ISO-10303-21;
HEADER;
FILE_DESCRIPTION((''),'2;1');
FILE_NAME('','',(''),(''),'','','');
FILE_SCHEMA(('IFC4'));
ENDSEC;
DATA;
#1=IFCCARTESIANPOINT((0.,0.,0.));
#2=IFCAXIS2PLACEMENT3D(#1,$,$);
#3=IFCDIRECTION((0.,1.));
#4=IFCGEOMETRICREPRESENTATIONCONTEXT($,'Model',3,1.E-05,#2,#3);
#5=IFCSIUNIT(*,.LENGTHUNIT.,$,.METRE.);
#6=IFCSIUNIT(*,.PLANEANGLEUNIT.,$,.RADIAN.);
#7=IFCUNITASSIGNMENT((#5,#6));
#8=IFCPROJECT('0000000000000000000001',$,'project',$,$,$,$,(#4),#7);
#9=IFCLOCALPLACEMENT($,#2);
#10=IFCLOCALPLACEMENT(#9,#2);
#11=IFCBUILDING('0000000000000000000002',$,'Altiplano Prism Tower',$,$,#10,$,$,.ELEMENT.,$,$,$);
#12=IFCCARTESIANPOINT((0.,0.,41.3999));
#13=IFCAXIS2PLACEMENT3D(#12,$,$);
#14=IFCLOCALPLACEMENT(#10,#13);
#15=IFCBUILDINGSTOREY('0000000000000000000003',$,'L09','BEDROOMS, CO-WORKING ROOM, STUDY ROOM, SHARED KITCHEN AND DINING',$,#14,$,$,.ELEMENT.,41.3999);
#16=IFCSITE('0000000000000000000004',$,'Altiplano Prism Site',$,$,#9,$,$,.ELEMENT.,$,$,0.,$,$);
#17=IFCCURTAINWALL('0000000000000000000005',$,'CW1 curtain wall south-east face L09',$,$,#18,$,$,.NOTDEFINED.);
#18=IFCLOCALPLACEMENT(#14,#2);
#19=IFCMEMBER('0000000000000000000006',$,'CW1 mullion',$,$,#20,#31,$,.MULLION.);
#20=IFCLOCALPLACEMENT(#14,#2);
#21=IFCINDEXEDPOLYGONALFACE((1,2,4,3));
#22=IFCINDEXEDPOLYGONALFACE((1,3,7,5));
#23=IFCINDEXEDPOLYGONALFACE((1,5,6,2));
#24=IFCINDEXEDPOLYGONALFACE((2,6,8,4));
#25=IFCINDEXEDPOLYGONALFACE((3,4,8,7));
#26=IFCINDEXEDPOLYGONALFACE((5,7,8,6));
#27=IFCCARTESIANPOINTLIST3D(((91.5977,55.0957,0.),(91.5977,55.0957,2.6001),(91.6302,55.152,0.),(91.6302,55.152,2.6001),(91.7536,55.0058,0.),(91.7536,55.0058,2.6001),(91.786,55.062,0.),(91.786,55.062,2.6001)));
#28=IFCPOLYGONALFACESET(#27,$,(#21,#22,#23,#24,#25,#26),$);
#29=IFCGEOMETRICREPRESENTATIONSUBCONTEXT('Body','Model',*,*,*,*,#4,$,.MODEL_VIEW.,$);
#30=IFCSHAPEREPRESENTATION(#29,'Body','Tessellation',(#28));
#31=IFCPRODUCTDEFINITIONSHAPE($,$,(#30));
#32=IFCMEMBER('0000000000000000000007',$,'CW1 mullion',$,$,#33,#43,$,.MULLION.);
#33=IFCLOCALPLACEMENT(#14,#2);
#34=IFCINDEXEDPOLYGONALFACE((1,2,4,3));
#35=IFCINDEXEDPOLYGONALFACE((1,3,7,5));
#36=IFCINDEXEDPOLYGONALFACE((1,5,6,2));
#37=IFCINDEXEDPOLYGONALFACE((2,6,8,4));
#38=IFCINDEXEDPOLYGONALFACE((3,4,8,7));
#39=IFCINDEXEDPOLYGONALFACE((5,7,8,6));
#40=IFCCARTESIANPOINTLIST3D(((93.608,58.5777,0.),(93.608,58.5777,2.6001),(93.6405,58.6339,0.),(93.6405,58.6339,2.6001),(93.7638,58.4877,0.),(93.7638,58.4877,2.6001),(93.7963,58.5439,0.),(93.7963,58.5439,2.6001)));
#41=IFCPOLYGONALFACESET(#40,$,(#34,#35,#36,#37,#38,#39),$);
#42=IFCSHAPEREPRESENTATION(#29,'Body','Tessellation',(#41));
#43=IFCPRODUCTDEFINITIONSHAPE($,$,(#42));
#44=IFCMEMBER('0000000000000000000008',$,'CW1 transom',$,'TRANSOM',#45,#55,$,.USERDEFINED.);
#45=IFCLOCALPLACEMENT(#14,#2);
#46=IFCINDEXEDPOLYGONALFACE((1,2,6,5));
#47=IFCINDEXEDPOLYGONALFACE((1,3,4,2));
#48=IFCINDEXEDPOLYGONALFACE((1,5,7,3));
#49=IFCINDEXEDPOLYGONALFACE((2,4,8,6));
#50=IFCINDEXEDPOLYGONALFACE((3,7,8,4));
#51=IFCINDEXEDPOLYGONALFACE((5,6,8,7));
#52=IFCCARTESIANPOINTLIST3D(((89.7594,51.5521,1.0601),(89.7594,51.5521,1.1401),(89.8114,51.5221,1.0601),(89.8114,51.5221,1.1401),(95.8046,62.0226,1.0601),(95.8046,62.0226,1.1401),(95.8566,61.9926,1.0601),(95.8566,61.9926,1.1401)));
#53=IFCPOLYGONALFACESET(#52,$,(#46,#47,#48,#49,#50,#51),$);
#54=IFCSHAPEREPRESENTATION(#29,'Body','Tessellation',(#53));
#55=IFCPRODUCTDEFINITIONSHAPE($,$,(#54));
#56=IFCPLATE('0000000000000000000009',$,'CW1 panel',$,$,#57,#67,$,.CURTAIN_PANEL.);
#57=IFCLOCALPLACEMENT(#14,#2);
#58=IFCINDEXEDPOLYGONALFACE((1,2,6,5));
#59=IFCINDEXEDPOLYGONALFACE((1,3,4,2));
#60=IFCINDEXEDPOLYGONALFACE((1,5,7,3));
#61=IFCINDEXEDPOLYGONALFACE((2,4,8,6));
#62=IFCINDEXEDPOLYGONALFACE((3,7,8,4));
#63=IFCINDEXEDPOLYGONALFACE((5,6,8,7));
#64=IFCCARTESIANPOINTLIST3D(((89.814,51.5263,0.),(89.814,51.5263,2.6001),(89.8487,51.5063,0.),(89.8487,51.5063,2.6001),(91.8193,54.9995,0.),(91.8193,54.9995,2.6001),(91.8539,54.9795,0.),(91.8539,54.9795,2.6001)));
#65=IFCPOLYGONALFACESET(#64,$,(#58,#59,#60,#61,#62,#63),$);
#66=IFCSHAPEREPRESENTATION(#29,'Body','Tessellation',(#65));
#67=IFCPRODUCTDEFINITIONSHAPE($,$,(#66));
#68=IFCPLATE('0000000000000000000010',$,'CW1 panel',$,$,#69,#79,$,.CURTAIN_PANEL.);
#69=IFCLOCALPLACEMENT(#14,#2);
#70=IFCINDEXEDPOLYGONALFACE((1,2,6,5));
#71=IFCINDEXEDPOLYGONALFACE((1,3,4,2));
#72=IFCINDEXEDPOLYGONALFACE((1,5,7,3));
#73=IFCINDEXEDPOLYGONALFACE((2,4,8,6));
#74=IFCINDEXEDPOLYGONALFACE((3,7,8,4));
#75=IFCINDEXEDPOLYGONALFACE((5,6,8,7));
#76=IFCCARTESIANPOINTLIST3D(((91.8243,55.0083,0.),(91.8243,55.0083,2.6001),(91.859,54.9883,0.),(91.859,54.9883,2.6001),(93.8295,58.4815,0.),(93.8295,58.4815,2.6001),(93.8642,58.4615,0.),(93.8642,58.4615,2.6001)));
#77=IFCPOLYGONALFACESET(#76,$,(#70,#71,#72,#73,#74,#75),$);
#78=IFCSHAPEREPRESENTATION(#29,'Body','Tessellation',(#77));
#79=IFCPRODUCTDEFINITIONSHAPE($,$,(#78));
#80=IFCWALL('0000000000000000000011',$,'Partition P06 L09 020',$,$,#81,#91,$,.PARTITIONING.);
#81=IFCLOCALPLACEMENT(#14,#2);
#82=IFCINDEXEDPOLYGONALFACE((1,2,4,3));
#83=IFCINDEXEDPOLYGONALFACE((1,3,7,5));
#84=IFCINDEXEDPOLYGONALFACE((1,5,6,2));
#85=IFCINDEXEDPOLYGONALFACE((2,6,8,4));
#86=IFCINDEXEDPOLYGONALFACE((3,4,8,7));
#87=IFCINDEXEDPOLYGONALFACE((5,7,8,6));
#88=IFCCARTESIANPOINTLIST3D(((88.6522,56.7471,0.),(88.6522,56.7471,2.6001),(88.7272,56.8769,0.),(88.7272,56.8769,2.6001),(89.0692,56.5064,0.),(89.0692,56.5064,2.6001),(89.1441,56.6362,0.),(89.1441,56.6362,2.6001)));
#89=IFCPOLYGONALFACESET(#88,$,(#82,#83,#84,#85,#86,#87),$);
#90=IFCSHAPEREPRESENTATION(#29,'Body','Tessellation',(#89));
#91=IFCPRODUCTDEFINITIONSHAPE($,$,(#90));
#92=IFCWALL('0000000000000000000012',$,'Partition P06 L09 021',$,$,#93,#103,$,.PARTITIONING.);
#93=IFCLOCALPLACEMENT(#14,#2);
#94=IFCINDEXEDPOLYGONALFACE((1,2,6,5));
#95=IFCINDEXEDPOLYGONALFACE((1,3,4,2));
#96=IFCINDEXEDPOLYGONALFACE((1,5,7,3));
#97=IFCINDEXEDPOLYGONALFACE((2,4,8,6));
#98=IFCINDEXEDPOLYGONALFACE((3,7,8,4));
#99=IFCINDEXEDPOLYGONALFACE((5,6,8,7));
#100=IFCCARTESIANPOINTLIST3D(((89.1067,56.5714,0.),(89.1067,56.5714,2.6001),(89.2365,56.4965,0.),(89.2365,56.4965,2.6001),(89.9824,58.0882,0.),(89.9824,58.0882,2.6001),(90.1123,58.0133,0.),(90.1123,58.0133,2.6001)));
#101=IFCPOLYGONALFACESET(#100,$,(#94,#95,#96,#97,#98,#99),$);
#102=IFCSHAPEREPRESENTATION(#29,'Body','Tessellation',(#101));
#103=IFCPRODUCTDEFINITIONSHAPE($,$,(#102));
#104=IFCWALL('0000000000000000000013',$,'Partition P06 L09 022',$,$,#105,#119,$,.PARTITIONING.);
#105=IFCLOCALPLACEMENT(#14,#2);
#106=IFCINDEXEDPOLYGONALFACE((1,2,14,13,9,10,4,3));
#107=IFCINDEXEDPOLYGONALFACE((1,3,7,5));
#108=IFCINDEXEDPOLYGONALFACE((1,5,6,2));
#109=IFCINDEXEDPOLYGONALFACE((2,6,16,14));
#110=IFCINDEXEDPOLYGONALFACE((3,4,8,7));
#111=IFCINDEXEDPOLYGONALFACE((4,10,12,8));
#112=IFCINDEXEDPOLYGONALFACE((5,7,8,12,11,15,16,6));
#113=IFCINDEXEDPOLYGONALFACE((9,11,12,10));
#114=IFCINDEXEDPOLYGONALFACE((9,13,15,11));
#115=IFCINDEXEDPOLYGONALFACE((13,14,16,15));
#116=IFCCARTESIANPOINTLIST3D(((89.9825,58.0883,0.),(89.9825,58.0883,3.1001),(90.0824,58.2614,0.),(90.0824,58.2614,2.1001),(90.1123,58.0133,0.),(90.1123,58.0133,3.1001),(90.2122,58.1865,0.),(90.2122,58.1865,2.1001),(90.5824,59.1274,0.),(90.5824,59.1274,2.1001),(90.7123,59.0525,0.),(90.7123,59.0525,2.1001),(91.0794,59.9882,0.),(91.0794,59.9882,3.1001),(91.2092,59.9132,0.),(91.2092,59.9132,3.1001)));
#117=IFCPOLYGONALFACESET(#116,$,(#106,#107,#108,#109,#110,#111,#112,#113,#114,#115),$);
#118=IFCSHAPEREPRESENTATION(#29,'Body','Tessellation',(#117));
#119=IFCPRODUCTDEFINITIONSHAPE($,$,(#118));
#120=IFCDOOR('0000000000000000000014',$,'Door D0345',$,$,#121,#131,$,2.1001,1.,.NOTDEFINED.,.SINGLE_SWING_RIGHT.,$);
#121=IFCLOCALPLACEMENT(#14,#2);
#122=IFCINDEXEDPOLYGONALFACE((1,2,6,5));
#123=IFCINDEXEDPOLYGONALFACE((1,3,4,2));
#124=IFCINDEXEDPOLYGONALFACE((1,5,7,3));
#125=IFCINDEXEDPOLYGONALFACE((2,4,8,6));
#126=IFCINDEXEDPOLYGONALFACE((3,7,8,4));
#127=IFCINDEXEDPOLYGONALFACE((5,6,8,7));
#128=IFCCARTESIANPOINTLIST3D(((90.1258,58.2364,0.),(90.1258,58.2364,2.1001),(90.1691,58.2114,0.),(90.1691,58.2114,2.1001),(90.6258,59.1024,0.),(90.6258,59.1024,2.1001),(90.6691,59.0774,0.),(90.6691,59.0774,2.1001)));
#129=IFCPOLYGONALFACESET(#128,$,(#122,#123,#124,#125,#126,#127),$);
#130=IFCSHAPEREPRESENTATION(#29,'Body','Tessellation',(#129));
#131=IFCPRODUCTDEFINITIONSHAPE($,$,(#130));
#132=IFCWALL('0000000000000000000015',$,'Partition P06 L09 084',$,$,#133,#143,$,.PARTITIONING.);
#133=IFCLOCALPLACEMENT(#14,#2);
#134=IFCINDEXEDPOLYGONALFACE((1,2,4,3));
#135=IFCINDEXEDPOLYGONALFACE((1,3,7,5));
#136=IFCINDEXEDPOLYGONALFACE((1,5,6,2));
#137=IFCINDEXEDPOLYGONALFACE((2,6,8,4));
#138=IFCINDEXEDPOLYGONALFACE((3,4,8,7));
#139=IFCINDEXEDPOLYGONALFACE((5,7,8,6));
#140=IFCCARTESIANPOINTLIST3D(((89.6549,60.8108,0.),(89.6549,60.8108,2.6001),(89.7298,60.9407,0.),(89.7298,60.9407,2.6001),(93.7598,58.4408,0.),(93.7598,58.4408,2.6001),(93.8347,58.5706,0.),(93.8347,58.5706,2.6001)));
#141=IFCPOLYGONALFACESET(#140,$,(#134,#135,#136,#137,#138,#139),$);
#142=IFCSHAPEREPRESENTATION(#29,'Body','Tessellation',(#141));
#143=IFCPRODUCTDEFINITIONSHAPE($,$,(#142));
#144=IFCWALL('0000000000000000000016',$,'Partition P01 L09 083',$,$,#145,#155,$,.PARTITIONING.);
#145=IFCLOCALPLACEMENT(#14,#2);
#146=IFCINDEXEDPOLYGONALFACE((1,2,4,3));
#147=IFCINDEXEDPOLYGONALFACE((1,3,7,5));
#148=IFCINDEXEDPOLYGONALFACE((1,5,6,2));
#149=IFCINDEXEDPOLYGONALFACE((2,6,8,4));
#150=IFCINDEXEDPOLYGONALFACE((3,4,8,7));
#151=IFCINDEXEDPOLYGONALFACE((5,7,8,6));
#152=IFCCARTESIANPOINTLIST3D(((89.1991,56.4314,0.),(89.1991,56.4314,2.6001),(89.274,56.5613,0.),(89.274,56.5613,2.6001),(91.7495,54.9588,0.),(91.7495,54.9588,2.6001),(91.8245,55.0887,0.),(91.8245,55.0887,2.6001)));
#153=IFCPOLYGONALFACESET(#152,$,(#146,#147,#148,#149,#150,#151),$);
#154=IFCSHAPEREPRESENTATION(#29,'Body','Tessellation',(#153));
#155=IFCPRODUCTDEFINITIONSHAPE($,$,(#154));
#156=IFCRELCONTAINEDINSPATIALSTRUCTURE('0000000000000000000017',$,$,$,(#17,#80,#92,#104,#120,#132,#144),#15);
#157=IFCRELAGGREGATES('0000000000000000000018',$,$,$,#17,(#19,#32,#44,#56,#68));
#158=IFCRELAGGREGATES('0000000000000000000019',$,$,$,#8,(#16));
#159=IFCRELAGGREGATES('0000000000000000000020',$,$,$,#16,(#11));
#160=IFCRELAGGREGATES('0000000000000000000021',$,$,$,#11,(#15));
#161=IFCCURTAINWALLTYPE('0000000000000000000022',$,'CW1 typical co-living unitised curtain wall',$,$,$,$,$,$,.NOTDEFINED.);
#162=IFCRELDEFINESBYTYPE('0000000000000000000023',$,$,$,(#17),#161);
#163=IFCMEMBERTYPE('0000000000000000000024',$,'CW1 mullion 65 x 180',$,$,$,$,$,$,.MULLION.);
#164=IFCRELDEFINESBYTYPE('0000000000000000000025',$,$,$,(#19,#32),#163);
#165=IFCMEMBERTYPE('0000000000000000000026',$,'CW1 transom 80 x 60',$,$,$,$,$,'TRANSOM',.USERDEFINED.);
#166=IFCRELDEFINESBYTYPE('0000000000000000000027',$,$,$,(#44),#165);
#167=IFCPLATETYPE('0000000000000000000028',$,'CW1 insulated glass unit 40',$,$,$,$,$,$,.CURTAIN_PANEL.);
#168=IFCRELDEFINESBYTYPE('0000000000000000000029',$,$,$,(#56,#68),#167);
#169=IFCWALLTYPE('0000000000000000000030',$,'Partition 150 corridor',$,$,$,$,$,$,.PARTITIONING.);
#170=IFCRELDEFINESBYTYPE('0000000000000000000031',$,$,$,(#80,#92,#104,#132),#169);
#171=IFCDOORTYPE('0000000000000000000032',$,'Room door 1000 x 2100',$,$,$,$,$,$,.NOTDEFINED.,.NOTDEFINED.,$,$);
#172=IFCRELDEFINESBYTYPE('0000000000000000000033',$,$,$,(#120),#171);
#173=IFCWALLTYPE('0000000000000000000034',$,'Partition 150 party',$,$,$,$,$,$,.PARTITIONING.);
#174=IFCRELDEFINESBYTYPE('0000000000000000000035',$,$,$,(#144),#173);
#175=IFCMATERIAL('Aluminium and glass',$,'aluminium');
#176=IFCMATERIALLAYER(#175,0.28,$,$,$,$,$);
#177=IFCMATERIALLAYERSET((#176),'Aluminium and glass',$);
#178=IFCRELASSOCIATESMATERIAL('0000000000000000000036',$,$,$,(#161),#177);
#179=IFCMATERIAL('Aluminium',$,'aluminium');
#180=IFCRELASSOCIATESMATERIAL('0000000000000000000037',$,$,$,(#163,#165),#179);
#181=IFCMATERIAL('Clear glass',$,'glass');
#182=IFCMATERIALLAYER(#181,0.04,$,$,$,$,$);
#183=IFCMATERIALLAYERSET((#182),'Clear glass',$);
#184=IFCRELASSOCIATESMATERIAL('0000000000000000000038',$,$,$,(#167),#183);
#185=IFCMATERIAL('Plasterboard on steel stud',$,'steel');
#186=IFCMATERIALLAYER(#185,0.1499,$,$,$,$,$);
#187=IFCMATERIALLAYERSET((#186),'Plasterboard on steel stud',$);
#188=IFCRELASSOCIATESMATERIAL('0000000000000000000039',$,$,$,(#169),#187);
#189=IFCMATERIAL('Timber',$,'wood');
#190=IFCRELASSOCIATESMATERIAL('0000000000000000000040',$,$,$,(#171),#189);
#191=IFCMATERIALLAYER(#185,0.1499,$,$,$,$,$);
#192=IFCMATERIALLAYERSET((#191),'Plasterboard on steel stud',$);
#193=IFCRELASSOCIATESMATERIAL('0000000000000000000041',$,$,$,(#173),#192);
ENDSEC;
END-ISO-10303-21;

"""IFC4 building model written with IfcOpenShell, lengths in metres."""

from ifc_helpers import new_model, si_unit, direction, frame, frame_2d, origin, origin_2d, place, context, subcontext, project, spatial, rectangle, extrude, material, layer, layer_set, material_profile, profile_set, type_object, element, fill, aggregate, save


model = new_model("IFC4")

# Units and contexts
model_context = context("Model", 3, precision=1e-05, world=origin(), true_north=direction((0.0, 1.0)))
body_context = subcontext(model_context, "Body", "Model", "MODEL_VIEW")
ifc_project = project(units=[si_unit("LENGTHUNIT", "METRE"), si_unit("PLANEANGLEUNIT", "RADIAN")], contexts=[model_context])

# Site, building, storey
site_placement = place(None, origin())
site = spatial("IfcSite", under=ifc_project, at=site_placement, Name="Altiplano Prism Site", CompositionType="ELEMENT", RefElevation=0.0)
building_placement = place(site_placement, origin())
building = spatial("IfcBuilding", under=site, at=building_placement, Name="Altiplano Prism Tower", CompositionType="ELEMENT")
storey_placement = place(building_placement, frame((0.0, 0.0, 41.3999)))
storey = spatial("IfcBuildingStorey", under=building, at=storey_placement, Name="L09", Description="BEDROOMS, CO-WORKING ROOM, STUDY ROOM, SHARED KITCHEN AND DINING", CompositionType="ELEMENT", Elevation=41.3999)

# Curtain wall, members, plates
ifc_material_1 = material(Name="Aluminium and glass", Category="aluminium")
ifc_layer_1 = layer(ifc_material_1, 0.28)
ifc_layer_set_1 = layer_set([ifc_layer_1], Name="Aluminium and glass")
curtain_wall_type = type_object("IfcCurtainWallType", Name="CW1 typical co-living unitised curtain wall", PredefinedType="NOTDEFINED", material=ifc_layer_set_1)
curtain_wall_placement = place(storey_placement, origin())
curtain_wall = element("IfcCurtainWall", 1, at=curtain_wall_placement, inside=storey, type_object=curtain_wall_type, Name="CW1 curtain wall south-east face L09", PredefinedType="NOTDEFINED")
ifc_material_2 = material(Name="Aluminium", Category="aluminium")
ifc_material_profile_1 = material_profile(ifc_material_2, rectangle(XDim=0.1799, YDim=0.0649, at=origin_2d()), Name="CW1 mullion 65 x 180")
ifc_profile_set_1 = profile_set([ifc_material_profile_1], Name="Aluminium")
member_type_1 = type_object("IfcMemberType", Name="CW1 mullion 65 x 180", PredefinedType="MULLION", material=ifc_profile_set_1)
member_1_placement = place(storey_placement, frame((91.6919, 55.0789, 0.0), z_axis=(0.0, 0.0, 1.0), x_axis=(-0.866025, 0.5, 0.0)))
member_1 = element("IfcMember", 2, at=member_1_placement, type_object=member_type_1, Name="CW1 mullion", PredefinedType="MULLION", context=body_context, shape_type="SweptSolid", body=[
    extrude(rectangle(XDim=0.1799, YDim=0.0649, at=origin_2d()), origin(), (0.0, 0.0, 1.0), 2.6001),
])
member_2_placement = place(storey_placement, frame((93.7021, 58.5608, 0.0), z_axis=(0.0, 0.0, 1.0), x_axis=(-0.866025, 0.5, 0.0)))
member_2 = element("IfcMember", 3, at=member_2_placement, type_object=member_type_1, Name="CW1 mullion", PredefinedType="MULLION", context=body_context, shape_type="SweptSolid", body=[
    extrude(rectangle(XDim=0.1799, YDim=0.0649, at=origin_2d()), origin(), (0.0, 0.0, 1.0), 2.6001),
])
ifc_material_profile_2 = material_profile(ifc_material_2, rectangle(XDim=0.0601, YDim=0.0801, at=origin_2d()), Name="CW1 transom 80 x 60")
ifc_profile_set_2 = profile_set([ifc_material_profile_2], Name="Aluminium")
member_type_2 = type_object("IfcMemberType", Name="CW1 transom 80 x 60", ElementType="TRANSOM", PredefinedType="USERDEFINED", material=ifc_profile_set_2)
member_3_placement = place(storey_placement, frame((89.7854, 51.5371, 1.1001), z_axis=(0.500003, 0.866024, 0.0), x_axis=(-0.866024, 0.500003, 0.0)))
member_3 = element("IfcMember", 4, at=member_3_placement, type_object=member_type_2, Name="CW1 transom", ObjectType="TRANSOM", PredefinedType="USERDEFINED", context=body_context, shape_type="SweptSolid", body=[
    extrude(rectangle(XDim=0.0601, YDim=0.0801, at=origin_2d()), origin(), (0.0, 0.0, 1.0), 12.0903),
])
ifc_material_3 = material(Name="Clear glass", Category="glass")
ifc_layer_2 = layer(ifc_material_3, 0.04)
ifc_layer_set_2 = layer_set([ifc_layer_2], Name="Clear glass")
plate_type = type_object("IfcPlateType", Name="CW1 insulated glass unit 40", PredefinedType="CURTAIN_PANEL", material=ifc_layer_set_2)
plate_1_placement = place(storey_placement, frame((90.834, 53.2529, 0.0), z_axis=(0.0, 0.0, 1.0), x_axis=(0.5, 0.866025, 0.0)))
plate_1 = element("IfcPlate", 5, at=plate_1_placement, type_object=plate_type, Name="CW1 panel", PredefinedType="CURTAIN_PANEL", context=body_context, shape_type="SweptSolid", body=[
    extrude(rectangle(XDim=4.0105, YDim=0.04, at=origin_2d()), origin(), (0.0, 0.0, 1.0), 2.6001),
])
plate_2_placement = place(storey_placement, frame((92.8442, 56.7349, 0.0), z_axis=(0.0, 0.0, 1.0), x_axis=(0.5, 0.866025, 0.0)))
plate_2 = element("IfcPlate", 6, at=plate_2_placement, type_object=plate_type, Name="CW1 panel", PredefinedType="CURTAIN_PANEL", context=body_context, shape_type="SweptSolid", body=[
    extrude(rectangle(XDim=4.0105, YDim=0.04, at=origin_2d()), origin(), (0.0, 0.0, 1.0), 2.6001),
])
aggregate(curtain_wall, [member_1, member_2, member_3, plate_1, plate_2])

# Walls
ifc_material_4 = material(Name="Plasterboard on steel stud", Category="steel")
ifc_layer_3 = layer(ifc_material_4, 0.1499)
ifc_layer_set_3 = layer_set([ifc_layer_3], Name="Plasterboard on steel stud")
wall_type_1 = type_object("IfcWallType", Name="Partition 150 corridor", PredefinedType="PARTITIONING", material=ifc_layer_set_3)
wall_1_placement = place(storey_placement, frame((88.6897, 56.812, 0.0), z_axis=(0.0, 0.0, 1.0), x_axis=(0.86605, -0.499957, 0.0)))
element("IfcWall", 7, at=wall_1_placement, inside=storey, type_object=wall_type_1, Name="Partition P06 L09 020", PredefinedType="PARTITIONING", context=body_context, shape_type="SweptSolid", body=[
    extrude(rectangle(XDim=0.4814, YDim=0.1499, at=frame_2d((0.2407, 0.0))), origin(), (0.0, 0.0, 1.0), 2.6001),
])
wall_2_placement = place(storey_placement, frame((89.1716, 56.5339, 0.0), z_axis=(0.0, 0.0, 1.0), x_axis=(0.499992, 0.86603, 0.0)))
element("IfcWall", 8, at=wall_2_placement, inside=storey, type_object=wall_type_1, Name="Partition P06 L09 021", PredefinedType="PARTITIONING", context=body_context, shape_type="SweptSolid", body=[
    extrude(rectangle(XDim=1.7515, YDim=0.1499, at=frame_2d((0.8757, 0.0))), origin(), (0.0, 0.0, 1.0), 2.6001),
])

# Wall, opening, door
wall_3_placement = place(storey_placement, frame((90.0474, 58.0508, 0.0), z_axis=(0.0, 0.0, 1.0), x_axis=(0.500005, 0.866023, 0.0)))
wall_3 = element("IfcWall", 9, at=wall_3_placement, inside=storey, type_object=wall_type_1, Name="Partition P06 L09 022", PredefinedType="PARTITIONING", context=body_context, shape_type="SweptSolid", body=[
    extrude(rectangle(XDim=2.1938, YDim=0.1499, at=frame_2d((1.0969, 0.0))), origin(), (0.0, 0.0, 1.0), 3.1001),
])
opening_placement = place(wall_3_placement, frame((0.2, 0.0, 0.0)))
opening = element("IfcOpeningElement", 10, at=opening_placement, cuts=wall_3, PredefinedType="OPENING", context=body_context, shape_type="SweptSolid", body=[
    extrude(rectangle(XDim=1.0, YDim=2.1001, at=frame_2d((0.5, 1.05))), frame((0.0, 0.0854, 0.0), z_axis=(0.0, -1.0, 0.0), x_axis=(1.0, 0.0, 0.0)), (0.0, 0.0, 1.0), 0.1709),
])
ifc_material_5 = material(Name="Timber", Category="wood")
door_type = type_object("IfcDoorType", Name="Room door 1000 x 2100", OperationType="NOTDEFINED", PredefinedType="NOTDEFINED", material=ifc_material_5)
door_placement = place(opening_placement, origin())
door = element("IfcDoor", 11, at=door_placement, inside=storey, type_object=door_type, Name="Door D0345", OperationType="SINGLE_SWING_RIGHT", OverallHeight=2.1001, OverallWidth=1.0, PredefinedType="NOTDEFINED", context=body_context, shape_type="SweptSolid", body=[
    extrude(rectangle(XDim=1.0, YDim=2.1001, at=frame_2d((0.5, 1.05))), frame((0.0, 0.0249, 0.0), z_axis=(0.0, -1.0, 0.0), x_axis=(1.0, 0.0, 0.0)), (0.0, 0.0, 1.0), 0.05),
])
fill(opening, door)

# Walls
wall_4_placement = place(storey_placement, frame((93.7974, 58.5056, 0.0), z_axis=(0.0, 0.0, 1.0), x_axis=(-0.866016, 0.500017, 0.0)))
element("IfcWall", 12, at=wall_4_placement, inside=storey, type_object=wall_type_1, Name="Partition P06 L09 084", PredefinedType="PARTITIONING", context=body_context, shape_type="SweptSolid", body=[
    extrude(rectangle(XDim=4.74, YDim=0.1499, at=frame_2d((2.3701, 0.0))), origin(), (0.0, 0.0, 1.0), 2.6001),
])
ifc_layer_4 = layer(ifc_material_4, 0.1499)
ifc_layer_set_4 = layer_set([ifc_layer_4], Name="Plasterboard on steel stud")
wall_type_2 = type_object("IfcWallType", Name="Partition 150 party", PredefinedType="PARTITIONING", material=ifc_layer_set_4)
wall_5_placement = place(storey_placement, frame((91.7871, 55.0237, 0.0), z_axis=(0.0, 0.0, 1.0), x_axis=(-0.86601, 0.500026, 0.0)))
element("IfcWall", 13, at=wall_5_placement, inside=storey, type_object=wall_type_2, Name="Partition P01 L09 083", PredefinedType="PARTITIONING", context=body_context, shape_type="SweptSolid", body=[
    extrude(rectangle(XDim=2.9451, YDim=0.1499, at=frame_2d((1.4727, 0.0))), origin(), (0.0, 0.0, 1.0), 2.6001),
])

save(model, "model.ifc")
